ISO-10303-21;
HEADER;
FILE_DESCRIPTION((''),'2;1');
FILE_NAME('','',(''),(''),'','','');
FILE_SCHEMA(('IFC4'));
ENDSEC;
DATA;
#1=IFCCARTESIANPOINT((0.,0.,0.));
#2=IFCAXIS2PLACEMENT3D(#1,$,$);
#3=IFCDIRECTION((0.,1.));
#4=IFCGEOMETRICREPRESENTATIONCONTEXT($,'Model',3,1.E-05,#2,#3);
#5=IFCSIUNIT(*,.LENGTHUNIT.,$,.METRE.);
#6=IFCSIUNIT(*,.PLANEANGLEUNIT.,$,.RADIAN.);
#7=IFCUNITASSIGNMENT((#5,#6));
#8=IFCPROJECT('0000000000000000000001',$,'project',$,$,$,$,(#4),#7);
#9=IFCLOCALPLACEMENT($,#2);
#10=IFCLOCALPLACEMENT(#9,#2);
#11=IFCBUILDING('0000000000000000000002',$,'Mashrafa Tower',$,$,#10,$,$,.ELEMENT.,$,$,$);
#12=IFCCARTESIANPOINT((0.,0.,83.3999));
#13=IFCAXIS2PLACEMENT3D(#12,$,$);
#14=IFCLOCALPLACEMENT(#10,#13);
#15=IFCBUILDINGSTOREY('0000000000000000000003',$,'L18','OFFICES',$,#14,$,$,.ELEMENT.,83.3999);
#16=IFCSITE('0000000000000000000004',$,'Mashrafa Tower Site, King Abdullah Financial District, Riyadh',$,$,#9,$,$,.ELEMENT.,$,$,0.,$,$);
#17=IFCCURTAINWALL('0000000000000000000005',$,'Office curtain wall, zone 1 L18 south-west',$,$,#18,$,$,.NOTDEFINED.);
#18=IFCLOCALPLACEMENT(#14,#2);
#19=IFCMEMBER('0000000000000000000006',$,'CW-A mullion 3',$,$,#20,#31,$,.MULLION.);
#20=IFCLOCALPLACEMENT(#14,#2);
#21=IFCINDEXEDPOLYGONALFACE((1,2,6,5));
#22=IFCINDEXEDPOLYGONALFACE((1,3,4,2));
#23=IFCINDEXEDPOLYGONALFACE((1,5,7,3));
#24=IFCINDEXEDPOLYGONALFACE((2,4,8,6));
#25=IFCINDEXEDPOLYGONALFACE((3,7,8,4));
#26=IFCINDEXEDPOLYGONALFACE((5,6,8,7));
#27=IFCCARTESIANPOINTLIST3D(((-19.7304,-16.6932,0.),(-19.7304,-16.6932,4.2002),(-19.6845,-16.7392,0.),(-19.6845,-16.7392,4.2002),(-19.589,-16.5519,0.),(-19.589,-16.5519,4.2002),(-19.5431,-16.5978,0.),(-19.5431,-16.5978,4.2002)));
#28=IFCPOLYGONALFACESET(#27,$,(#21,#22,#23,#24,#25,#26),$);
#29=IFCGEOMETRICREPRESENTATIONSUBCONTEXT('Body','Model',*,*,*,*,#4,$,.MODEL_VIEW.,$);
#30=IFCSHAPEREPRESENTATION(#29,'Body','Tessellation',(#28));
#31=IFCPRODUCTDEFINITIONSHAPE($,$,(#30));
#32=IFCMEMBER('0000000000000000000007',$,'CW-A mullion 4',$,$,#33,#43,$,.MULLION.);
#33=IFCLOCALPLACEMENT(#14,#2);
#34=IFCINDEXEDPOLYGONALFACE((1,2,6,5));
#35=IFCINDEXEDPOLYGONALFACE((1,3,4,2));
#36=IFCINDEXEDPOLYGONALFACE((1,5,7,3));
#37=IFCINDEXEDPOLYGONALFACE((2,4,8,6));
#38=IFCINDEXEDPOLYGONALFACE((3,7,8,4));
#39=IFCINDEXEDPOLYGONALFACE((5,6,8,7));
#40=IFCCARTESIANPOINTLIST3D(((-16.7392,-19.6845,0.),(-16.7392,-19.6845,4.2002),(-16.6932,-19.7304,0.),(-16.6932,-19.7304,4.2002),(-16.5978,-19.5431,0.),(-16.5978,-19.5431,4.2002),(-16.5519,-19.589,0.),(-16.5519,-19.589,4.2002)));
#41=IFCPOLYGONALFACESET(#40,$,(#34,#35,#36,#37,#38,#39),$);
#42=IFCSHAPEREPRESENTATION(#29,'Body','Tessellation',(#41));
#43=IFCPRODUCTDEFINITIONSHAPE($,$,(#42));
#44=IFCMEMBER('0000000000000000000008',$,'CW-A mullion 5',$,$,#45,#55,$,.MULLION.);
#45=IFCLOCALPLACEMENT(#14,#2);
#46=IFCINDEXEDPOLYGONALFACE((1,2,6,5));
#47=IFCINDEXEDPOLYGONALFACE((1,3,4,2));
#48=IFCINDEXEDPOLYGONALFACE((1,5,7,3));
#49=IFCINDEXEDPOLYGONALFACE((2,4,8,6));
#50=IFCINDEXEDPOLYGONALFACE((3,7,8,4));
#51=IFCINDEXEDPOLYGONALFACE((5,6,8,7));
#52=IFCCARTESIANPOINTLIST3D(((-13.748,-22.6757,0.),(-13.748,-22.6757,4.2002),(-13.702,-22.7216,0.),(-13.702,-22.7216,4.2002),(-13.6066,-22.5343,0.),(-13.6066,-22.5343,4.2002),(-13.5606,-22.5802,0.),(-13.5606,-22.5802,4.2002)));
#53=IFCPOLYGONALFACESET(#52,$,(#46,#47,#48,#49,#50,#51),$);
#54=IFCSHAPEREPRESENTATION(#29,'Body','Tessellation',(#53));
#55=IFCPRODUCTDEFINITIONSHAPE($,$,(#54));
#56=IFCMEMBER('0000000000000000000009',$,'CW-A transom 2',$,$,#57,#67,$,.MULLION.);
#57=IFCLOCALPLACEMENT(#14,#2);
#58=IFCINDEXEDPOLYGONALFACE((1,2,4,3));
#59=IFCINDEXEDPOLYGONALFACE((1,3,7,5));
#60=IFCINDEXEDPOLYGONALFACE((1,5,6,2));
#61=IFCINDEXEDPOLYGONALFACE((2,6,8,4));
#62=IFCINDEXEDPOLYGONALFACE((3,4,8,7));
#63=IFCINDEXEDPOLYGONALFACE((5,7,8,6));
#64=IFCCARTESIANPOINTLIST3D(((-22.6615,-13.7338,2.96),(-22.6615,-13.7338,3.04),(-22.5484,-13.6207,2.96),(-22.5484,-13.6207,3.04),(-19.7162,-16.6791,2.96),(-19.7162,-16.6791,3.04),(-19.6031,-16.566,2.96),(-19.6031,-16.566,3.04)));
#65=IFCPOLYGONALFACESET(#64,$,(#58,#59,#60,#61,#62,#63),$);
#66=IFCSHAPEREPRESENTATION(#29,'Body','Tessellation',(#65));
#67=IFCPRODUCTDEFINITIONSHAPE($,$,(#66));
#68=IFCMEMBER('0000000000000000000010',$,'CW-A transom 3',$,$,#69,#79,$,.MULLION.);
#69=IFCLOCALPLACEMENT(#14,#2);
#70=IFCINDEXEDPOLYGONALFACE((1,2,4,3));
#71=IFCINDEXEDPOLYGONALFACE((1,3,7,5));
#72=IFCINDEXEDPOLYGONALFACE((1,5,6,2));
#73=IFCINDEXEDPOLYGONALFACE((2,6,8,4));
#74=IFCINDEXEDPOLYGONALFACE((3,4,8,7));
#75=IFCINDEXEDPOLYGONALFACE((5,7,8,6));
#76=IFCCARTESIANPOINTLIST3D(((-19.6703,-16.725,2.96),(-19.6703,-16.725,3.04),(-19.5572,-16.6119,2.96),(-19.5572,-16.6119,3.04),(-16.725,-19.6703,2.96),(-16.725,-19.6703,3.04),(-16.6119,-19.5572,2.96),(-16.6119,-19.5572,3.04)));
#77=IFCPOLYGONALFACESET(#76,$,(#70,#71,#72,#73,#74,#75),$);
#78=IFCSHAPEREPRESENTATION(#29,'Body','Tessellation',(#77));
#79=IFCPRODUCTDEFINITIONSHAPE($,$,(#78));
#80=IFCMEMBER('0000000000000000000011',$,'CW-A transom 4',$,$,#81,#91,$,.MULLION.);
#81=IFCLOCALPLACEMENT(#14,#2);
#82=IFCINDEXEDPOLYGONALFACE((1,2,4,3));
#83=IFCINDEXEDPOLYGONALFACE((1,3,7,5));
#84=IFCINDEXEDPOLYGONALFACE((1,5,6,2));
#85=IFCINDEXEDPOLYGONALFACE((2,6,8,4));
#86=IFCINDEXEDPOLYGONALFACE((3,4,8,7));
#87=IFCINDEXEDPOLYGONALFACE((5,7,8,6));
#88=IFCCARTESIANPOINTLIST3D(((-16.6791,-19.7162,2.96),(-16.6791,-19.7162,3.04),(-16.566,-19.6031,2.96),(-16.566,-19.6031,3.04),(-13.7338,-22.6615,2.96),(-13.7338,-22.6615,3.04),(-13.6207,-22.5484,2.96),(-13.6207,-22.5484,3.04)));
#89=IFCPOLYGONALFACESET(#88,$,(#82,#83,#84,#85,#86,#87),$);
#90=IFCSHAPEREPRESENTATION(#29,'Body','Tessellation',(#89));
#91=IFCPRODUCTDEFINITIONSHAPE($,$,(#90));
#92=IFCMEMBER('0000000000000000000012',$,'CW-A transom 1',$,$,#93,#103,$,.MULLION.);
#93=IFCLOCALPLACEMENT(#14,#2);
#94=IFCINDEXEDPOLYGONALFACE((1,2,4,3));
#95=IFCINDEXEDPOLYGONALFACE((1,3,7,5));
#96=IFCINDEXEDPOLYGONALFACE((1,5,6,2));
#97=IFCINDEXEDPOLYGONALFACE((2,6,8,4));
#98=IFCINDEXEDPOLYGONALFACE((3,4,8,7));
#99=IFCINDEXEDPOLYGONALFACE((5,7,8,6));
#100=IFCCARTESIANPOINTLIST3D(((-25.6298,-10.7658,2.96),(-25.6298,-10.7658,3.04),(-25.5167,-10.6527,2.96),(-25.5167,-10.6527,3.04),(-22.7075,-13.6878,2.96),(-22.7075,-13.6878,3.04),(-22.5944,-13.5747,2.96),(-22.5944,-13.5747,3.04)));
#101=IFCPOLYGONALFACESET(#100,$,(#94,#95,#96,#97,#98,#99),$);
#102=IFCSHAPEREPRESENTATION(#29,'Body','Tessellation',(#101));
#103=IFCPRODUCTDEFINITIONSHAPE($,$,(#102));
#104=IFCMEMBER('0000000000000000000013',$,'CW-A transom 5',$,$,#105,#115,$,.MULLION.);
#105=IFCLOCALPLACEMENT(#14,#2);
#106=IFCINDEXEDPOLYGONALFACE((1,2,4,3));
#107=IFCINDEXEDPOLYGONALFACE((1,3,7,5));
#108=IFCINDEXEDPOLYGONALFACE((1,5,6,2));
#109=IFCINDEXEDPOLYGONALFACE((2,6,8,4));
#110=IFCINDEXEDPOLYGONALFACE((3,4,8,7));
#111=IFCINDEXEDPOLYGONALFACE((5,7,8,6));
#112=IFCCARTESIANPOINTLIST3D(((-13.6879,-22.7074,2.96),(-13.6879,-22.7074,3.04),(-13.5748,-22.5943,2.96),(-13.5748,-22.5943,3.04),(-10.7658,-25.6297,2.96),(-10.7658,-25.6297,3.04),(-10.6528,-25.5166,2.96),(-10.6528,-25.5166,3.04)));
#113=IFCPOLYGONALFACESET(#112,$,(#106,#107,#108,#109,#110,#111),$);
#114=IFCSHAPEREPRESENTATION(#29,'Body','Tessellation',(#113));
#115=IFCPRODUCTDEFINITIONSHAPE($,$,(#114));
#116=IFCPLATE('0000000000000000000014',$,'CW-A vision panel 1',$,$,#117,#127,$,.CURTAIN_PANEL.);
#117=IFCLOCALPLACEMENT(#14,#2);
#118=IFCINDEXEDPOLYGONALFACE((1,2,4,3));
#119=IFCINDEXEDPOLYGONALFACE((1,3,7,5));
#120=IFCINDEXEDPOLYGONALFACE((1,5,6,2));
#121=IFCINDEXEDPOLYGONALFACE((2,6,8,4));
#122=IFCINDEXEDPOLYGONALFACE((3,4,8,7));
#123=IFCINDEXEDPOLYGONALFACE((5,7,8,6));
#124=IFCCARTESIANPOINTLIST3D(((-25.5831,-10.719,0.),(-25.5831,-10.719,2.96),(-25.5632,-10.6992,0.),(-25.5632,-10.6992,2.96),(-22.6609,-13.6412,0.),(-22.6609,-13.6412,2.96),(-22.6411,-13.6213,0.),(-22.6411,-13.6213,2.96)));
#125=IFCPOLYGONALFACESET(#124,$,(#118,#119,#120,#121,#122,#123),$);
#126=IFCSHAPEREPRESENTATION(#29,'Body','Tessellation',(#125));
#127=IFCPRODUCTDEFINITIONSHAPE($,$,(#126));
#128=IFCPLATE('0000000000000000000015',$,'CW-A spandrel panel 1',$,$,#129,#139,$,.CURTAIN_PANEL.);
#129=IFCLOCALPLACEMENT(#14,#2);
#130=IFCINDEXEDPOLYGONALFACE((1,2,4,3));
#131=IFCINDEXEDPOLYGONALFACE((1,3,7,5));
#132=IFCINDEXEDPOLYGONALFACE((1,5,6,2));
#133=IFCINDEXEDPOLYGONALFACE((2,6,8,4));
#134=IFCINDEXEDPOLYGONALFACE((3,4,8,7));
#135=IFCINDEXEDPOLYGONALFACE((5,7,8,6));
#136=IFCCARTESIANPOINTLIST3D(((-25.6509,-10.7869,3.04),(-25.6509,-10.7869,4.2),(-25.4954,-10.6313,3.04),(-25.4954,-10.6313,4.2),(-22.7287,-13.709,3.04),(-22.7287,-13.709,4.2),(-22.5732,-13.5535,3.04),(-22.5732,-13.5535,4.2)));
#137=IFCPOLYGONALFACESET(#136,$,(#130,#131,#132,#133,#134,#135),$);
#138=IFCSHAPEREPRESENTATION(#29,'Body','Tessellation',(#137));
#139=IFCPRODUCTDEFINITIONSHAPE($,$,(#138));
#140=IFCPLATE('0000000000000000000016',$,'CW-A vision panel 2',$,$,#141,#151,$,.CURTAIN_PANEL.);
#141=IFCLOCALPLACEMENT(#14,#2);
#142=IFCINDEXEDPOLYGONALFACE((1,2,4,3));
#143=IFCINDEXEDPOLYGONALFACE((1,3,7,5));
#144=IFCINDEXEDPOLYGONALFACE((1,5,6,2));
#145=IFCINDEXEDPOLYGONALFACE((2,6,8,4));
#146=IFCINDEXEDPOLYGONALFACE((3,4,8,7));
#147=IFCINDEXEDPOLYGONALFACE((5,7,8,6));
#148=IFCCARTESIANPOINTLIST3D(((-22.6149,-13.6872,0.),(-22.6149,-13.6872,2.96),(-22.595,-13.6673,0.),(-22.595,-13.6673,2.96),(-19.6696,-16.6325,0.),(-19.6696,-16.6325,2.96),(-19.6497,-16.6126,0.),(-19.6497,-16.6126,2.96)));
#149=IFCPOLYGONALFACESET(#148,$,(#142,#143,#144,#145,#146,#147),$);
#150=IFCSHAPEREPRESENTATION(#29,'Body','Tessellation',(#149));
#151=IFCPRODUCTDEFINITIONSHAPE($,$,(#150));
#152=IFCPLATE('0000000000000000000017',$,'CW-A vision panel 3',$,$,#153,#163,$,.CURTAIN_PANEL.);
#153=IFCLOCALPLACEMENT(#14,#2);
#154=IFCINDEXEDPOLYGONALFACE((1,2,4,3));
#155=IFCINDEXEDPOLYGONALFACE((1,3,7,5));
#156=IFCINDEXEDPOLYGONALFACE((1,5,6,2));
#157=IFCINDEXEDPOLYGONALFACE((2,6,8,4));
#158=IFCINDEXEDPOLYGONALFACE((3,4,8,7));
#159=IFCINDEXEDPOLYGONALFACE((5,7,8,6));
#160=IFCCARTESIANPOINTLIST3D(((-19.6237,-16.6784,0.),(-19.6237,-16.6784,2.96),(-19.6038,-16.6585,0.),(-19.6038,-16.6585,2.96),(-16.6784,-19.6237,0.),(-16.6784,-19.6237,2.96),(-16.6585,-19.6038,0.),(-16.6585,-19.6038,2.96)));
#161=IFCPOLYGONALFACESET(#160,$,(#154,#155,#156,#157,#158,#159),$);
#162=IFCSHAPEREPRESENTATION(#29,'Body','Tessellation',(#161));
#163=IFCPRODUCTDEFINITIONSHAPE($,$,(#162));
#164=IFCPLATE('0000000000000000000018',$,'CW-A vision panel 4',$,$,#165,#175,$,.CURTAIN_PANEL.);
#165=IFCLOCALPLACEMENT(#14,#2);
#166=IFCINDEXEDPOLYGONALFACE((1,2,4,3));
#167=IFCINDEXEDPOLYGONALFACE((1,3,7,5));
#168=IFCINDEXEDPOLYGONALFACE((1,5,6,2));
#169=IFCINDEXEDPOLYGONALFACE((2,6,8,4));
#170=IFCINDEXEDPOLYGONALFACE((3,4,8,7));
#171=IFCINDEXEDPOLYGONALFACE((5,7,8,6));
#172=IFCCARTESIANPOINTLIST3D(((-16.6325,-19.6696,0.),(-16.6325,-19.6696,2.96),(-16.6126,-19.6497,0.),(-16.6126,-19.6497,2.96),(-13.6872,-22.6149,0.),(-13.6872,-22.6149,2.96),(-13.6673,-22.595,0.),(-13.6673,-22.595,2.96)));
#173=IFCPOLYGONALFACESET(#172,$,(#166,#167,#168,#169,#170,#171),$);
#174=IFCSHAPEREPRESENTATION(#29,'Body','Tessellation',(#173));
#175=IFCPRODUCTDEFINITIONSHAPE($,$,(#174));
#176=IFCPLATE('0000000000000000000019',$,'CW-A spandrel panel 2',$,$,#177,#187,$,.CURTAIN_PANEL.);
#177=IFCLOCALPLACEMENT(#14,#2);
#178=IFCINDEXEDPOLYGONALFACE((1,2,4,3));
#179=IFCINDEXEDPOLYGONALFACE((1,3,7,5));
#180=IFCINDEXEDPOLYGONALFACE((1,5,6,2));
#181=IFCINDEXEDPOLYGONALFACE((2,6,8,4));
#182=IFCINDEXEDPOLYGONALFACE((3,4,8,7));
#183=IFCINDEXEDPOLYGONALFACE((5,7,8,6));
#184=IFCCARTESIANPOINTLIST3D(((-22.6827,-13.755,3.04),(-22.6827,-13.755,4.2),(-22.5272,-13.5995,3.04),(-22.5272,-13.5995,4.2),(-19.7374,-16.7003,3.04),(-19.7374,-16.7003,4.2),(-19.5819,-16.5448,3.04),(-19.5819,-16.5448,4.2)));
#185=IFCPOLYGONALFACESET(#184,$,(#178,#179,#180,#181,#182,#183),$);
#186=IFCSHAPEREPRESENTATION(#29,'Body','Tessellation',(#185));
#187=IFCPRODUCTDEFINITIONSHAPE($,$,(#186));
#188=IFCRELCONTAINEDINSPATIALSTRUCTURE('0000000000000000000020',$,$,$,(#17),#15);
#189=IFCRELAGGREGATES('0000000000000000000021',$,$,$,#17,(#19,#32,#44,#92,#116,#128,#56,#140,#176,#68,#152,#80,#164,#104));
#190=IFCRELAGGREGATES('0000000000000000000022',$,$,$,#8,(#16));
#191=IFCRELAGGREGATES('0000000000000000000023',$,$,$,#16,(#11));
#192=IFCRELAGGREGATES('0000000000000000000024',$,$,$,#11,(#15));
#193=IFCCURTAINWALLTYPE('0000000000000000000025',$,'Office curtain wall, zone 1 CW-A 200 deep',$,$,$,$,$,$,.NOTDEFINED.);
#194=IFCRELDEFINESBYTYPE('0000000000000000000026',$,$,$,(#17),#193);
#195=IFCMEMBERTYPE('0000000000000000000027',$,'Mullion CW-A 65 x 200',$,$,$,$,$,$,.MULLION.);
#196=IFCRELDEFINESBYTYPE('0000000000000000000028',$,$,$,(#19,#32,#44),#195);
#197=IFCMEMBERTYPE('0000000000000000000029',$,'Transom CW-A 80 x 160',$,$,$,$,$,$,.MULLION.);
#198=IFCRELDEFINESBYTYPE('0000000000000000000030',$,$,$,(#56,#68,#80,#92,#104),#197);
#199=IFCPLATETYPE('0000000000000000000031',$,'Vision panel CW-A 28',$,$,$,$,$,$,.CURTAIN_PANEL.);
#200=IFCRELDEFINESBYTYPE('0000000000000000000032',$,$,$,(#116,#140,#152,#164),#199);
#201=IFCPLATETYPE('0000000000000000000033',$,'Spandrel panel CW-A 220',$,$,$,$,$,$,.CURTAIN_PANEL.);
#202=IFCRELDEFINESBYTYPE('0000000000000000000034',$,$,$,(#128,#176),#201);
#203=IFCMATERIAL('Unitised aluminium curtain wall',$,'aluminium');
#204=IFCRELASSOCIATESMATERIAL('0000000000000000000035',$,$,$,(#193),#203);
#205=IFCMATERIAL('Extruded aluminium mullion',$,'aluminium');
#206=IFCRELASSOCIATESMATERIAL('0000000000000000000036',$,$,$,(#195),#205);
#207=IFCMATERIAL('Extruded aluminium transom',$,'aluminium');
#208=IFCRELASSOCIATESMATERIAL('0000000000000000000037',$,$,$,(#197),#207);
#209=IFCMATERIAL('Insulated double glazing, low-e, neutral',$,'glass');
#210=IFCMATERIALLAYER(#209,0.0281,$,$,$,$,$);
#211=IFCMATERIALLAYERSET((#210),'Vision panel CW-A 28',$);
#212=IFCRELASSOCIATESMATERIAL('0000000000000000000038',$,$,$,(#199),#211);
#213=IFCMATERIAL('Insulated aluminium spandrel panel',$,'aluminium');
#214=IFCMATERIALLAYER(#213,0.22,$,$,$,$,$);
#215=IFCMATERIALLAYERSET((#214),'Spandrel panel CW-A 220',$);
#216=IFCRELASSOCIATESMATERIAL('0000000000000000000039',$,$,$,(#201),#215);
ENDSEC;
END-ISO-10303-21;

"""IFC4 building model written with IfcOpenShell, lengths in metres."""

from ifc_helpers import new_model, si_unit, direction, frame, origin, origin_2d, place, context, subcontext, project, spatial, rectangle, extrude, source, transform, mapped, material, layer, layer_set, material_profile, profile_set, type_object, type_shapes, element, aggregate, save


model = new_model("IFC4")

# Units and contexts
model_context = context("Model", 3, precision=1e-05, world=origin(), true_north=direction((0.0, 1.0)))
body_context = subcontext(model_context, "Body", "Model", "MODEL_VIEW")
ifc_project = project(units=[si_unit("LENGTHUNIT", "METRE"), si_unit("PLANEANGLEUNIT", "RADIAN")], contexts=[model_context])

# Site, building, storey
site_placement = place(None, origin())
site = spatial("IfcSite", under=ifc_project, at=site_placement, Name="Mashrafa Tower Site, King Abdullah Financial District, Riyadh", CompositionType="ELEMENT", RefElevation=0.0)
building_placement = place(site_placement, origin())
building = spatial("IfcBuilding", under=site, at=building_placement, Name="Mashrafa Tower", CompositionType="ELEMENT")
storey_placement = place(building_placement, frame((0.0, 0.0, 83.3999)))
storey = spatial("IfcBuildingStorey", under=building, at=storey_placement, Name="L18", Description="OFFICES", CompositionType="ELEMENT", Elevation=83.3999)

# Curtain wall, members, plates
ifc_material_1 = material(Name="Unitised aluminium curtain wall", Category="aluminium")
curtain_wall_type = type_object("IfcCurtainWallType", Name="Office curtain wall, zone 1 CW-A 200 deep", PredefinedType="NOTDEFINED", material=ifc_material_1)
curtain_wall_placement = place(storey_placement, origin())
curtain_wall = element("IfcCurtainWall", 1, at=curtain_wall_placement, inside=storey, type_object=curtain_wall_type, Name="Office curtain wall, zone 1 L18 south-west", PredefinedType="NOTDEFINED")
ifc_material_2 = material(Name="Extruded aluminium mullion", Category="aluminium")
ifc_material_profile_1 = material_profile(ifc_material_2, rectangle(XDim=0.2, YDim=0.0649, at=origin_2d()), Name="Mullion 65x200")
ifc_profile_set_1 = profile_set([ifc_material_profile_1], Name="Extruded aluminium mullion")
member_type_1 = type_object("IfcMemberType", Name="Mullion CW-A 65 x 200", PredefinedType="MULLION", material=ifc_profile_set_1)
shared_shape_1 = source(origin(), body_context, "Body", "SweptSolid", [
    extrude(rectangle(XDim=0.2, YDim=0.0649, at=origin_2d()), origin(), (0.0, 0.0, 1.0), 4.2002),
])
type_shapes(member_type_1, [shared_shape_1])
member_1_placement = place(storey_placement, frame((-19.6367, -16.6455, 0.0), z_axis=(0.0, 0.0, 1.0), x_axis=(0.707107, 0.707107, 0.0)))
member_1 = element("IfcMember", 2, at=member_1_placement, type_object=member_type_1, Name="CW-A mullion 3", PredefinedType="MULLION", context=body_context, shape_type="MappedRepresentation", body=[
    mapped(shared_shape_1, transform((0.0, 0.0, 0.0))),
])
member_2_placement = place(storey_placement, frame((-16.6455, -19.6367, 0.0), z_axis=(0.0, 0.0, 1.0), x_axis=(0.707107, 0.707107, 0.0)))
member_2 = element("IfcMember", 3, at=member_2_placement, type_object=member_type_1, Name="CW-A mullion 4", PredefinedType="MULLION", context=body_context, shape_type="MappedRepresentation", body=[
    mapped(shared_shape_1, transform((0.0, 0.0, 0.0))),
])
member_3_placement = place(storey_placement, frame((-13.6543, -22.6279, 0.0), z_axis=(0.0, 0.0, 1.0), x_axis=(0.707107, 0.707107, 0.0)))
member_3 = element("IfcMember", 4, at=member_3_placement, type_object=member_type_1, Name="CW-A mullion 5", PredefinedType="MULLION", context=body_context, shape_type="MappedRepresentation", body=[
    mapped(shared_shape_1, transform((0.0, 0.0, 0.0))),
])
ifc_material_3 = material(Name="Extruded aluminium transom", Category="aluminium")
ifc_material_profile_2 = material_profile(ifc_material_3, rectangle(XDim=0.1599, YDim=0.0801, at=origin_2d()), Name="Transom 80x160")
ifc_profile_set_2 = profile_set([ifc_material_profile_2], Name="Extruded aluminium transom")
member_type_2 = type_object("IfcMemberType", Name="Transom CW-A 80 x 160", PredefinedType="MULLION", material=ifc_profile_set_2)
shared_shape_2 = source(origin(), body_context, "Body", "SweptSolid", [
    extrude(rectangle(XDim=0.1599, YDim=0.0801, at=origin_2d()), origin(), (0.0, 0.0, 1.0), 4.1653),
])
member_4_placement = place(storey_placement, frame((-22.605, -13.6772, 3.0), z_axis=(0.707107, -0.707107, 0.0), x_axis=(0.707107, 0.707107, 0.0)))
member_4 = element("IfcMember", 5, at=member_4_placement, type_object=member_type_2, Name="CW-A transom 2", PredefinedType="MULLION", context=body_context, shape_type="MappedRepresentation", body=[
    mapped(shared_shape_2, transform((0.0, 0.0, 0.0))),
])
member_5_placement = place(storey_placement, frame((-19.6138, -16.6685, 3.0), z_axis=(0.707107, -0.707107, 0.0), x_axis=(0.707107, 0.707107, 0.0)))
member_5 = element("IfcMember", 6, at=member_5_placement, type_object=member_type_2, Name="CW-A transom 3", PredefinedType="MULLION", context=body_context, shape_type="MappedRepresentation", body=[
    mapped(shared_shape_2, transform((0.0, 0.0, 0.0))),
])
member_6_placement = place(storey_placement, frame((-16.6226, -19.6597, 3.0), z_axis=(0.707107, -0.707107, 0.0), x_axis=(0.707107, 0.707107, 0.0)))
member_6 = element("IfcMember", 7, at=member_6_placement, type_object=member_type_2, Name="CW-A transom 4", PredefinedType="MULLION", context=body_context, shape_type="MappedRepresentation", body=[
    mapped(shared_shape_2, transform((0.0, 0.0, 0.0))),
])
shared_shape_3 = source(origin(), body_context, "Body", "SweptSolid", [
    extrude(rectangle(XDim=0.1599, YDim=0.0801, at=origin_2d()), origin(), (0.0, 0.0, 1.0), 4.1326),
])
type_shapes(member_type_2, [shared_shape_2, shared_shape_3])
member_7_placement = place(storey_placement, frame((-25.5732, -10.7092, 3.0), z_axis=(0.707136, -0.707077, 0.0), x_axis=(0.707077, 0.707136, 0.0)))
member_7 = element("IfcMember", 8, at=member_7_placement, type_object=member_type_2, Name="CW-A transom 1", PredefinedType="MULLION", context=body_context, shape_type="MappedRepresentation", body=[
    mapped(shared_shape_3, transform((0.0, 0.0, 0.0))),
])
member_8_placement = place(storey_placement, frame((-13.6313, -22.6509, 3.0), z_axis=(0.707077, -0.707136, 0.0), x_axis=(0.707136, 0.707077, 0.0)))
member_8 = element("IfcMember", 9, at=member_8_placement, type_object=member_type_2, Name="CW-A transom 5", PredefinedType="MULLION", context=body_context, shape_type="MappedRepresentation", body=[
    mapped(shared_shape_3, transform((0.0, 0.0, 0.0))),
])
ifc_material_4 = material(Name="Insulated double glazing, low-e, neutral", Category="glass")
ifc_layer_1 = layer(ifc_material_4, 0.0281)
ifc_layer_set_1 = layer_set([ifc_layer_1], Name="Vision panel CW-A 28")
plate_type_1 = type_object("IfcPlateType", Name="Vision panel CW-A 28", PredefinedType="CURTAIN_PANEL", material=ifc_layer_set_1)
shared_shape_4 = source(origin(), body_context, "Body", "SweptSolid", [
    extrude(rectangle(XDim=4.1326, YDim=0.0281, at=origin_2d()), origin(), (0.0, 0.0, 1.0), 2.96),
])
plate_1_placement = place(storey_placement, frame((-24.1121, -12.1702, 0.0), z_axis=(0.0, 0.0, 1.0), x_axis=(0.707107, -0.707107, 0.0)))
plate_1 = element("IfcPlate", 10, at=plate_1_placement, type_object=plate_type_1, Name="CW-A vision panel 1", PredefinedType="CURTAIN_PANEL", context=body_context, shape_type="MappedRepresentation", body=[
    mapped(shared_shape_4, transform((0.0, 0.0, 0.0))),
])
ifc_material_5 = material(Name="Insulated aluminium spandrel panel", Category="aluminium")
ifc_layer_2 = layer(ifc_material_5, 0.22)
ifc_layer_set_2 = layer_set([ifc_layer_2], Name="Spandrel panel CW-A 220")
plate_type_2 = type_object("IfcPlateType", Name="Spandrel panel CW-A 220", PredefinedType="CURTAIN_PANEL", material=ifc_layer_set_2)
shared_shape_5 = source(origin(), body_context, "Body", "SweptSolid", [
    extrude(rectangle(XDim=4.1326, YDim=0.22, at=origin_2d()), origin(), (0.0, 0.0, 1.0), 1.1599),
])
plate_2_placement = place(storey_placement, frame((-24.1121, -12.1702, 3.04), z_axis=(0.0, 0.0, 1.0), x_axis=(0.707107, -0.707107, 0.0)))
plate_2 = element("IfcPlate", 11, at=plate_2_placement, type_object=plate_type_2, Name="CW-A spandrel panel 1", PredefinedType="CURTAIN_PANEL", context=body_context, shape_type="MappedRepresentation", body=[
    mapped(shared_shape_5, transform((0.0, 0.0, 0.0))),
])
shared_shape_6 = source(origin(), body_context, "Body", "SweptSolid", [
    extrude(rectangle(XDim=4.1653, YDim=0.0281, at=origin_2d()), origin(), (0.0, 0.0, 1.0), 2.96),
])
type_shapes(plate_type_1, [shared_shape_4, shared_shape_6])
plate_3_placement = place(storey_placement, frame((-21.1323, -15.1499, 0.0), z_axis=(0.0, 0.0, 1.0), x_axis=(0.707107, -0.707107, 0.0)))
plate_3 = element("IfcPlate", 12, at=plate_3_placement, type_object=plate_type_1, Name="CW-A vision panel 2", PredefinedType="CURTAIN_PANEL", context=body_context, shape_type="MappedRepresentation", body=[
    mapped(shared_shape_6, transform((0.0, 0.0, 0.0))),
])
plate_4_placement = place(storey_placement, frame((-18.1411, -18.1411, 0.0), z_axis=(0.0, 0.0, 1.0), x_axis=(0.707107, -0.707107, 0.0)))
plate_4 = element("IfcPlate", 13, at=plate_4_placement, type_object=plate_type_1, Name="CW-A vision panel 3", PredefinedType="CURTAIN_PANEL", context=body_context, shape_type="MappedRepresentation", body=[
    mapped(shared_shape_6, transform((0.0, 0.0, 0.0))),
])
plate_5_placement = place(storey_placement, frame((-15.1499, -21.1323, 0.0), z_axis=(0.0, 0.0, 1.0), x_axis=(0.707107, -0.707107, 0.0)))
plate_5 = element("IfcPlate", 14, at=plate_5_placement, type_object=plate_type_1, Name="CW-A vision panel 4", PredefinedType="CURTAIN_PANEL", context=body_context, shape_type="MappedRepresentation", body=[
    mapped(shared_shape_6, transform((0.0, 0.0, 0.0))),
])
shared_shape_7 = source(origin(), body_context, "Body", "SweptSolid", [
    extrude(rectangle(XDim=4.1653, YDim=0.22, at=origin_2d()), origin(), (0.0, 0.0, 1.0), 1.1599),
])
type_shapes(plate_type_2, [shared_shape_5, shared_shape_7])
plate_6_placement = place(storey_placement, frame((-21.1323, -15.1499, 3.04), z_axis=(0.0, 0.0, 1.0), x_axis=(0.707107, -0.707107, 0.0)))
plate_6 = element("IfcPlate", 15, at=plate_6_placement, type_object=plate_type_2, Name="CW-A spandrel panel 2", PredefinedType="CURTAIN_PANEL", context=body_context, shape_type="MappedRepresentation", body=[
    mapped(shared_shape_7, transform((0.0, 0.0, 0.0))),
])
aggregate(curtain_wall, [member_1, member_2, member_3, member_7, plate_1, plate_2, member_4, plate_3, plate_6, member_5, plate_4, member_6, plate_5, member_8])

save(model, "model.ifc")
